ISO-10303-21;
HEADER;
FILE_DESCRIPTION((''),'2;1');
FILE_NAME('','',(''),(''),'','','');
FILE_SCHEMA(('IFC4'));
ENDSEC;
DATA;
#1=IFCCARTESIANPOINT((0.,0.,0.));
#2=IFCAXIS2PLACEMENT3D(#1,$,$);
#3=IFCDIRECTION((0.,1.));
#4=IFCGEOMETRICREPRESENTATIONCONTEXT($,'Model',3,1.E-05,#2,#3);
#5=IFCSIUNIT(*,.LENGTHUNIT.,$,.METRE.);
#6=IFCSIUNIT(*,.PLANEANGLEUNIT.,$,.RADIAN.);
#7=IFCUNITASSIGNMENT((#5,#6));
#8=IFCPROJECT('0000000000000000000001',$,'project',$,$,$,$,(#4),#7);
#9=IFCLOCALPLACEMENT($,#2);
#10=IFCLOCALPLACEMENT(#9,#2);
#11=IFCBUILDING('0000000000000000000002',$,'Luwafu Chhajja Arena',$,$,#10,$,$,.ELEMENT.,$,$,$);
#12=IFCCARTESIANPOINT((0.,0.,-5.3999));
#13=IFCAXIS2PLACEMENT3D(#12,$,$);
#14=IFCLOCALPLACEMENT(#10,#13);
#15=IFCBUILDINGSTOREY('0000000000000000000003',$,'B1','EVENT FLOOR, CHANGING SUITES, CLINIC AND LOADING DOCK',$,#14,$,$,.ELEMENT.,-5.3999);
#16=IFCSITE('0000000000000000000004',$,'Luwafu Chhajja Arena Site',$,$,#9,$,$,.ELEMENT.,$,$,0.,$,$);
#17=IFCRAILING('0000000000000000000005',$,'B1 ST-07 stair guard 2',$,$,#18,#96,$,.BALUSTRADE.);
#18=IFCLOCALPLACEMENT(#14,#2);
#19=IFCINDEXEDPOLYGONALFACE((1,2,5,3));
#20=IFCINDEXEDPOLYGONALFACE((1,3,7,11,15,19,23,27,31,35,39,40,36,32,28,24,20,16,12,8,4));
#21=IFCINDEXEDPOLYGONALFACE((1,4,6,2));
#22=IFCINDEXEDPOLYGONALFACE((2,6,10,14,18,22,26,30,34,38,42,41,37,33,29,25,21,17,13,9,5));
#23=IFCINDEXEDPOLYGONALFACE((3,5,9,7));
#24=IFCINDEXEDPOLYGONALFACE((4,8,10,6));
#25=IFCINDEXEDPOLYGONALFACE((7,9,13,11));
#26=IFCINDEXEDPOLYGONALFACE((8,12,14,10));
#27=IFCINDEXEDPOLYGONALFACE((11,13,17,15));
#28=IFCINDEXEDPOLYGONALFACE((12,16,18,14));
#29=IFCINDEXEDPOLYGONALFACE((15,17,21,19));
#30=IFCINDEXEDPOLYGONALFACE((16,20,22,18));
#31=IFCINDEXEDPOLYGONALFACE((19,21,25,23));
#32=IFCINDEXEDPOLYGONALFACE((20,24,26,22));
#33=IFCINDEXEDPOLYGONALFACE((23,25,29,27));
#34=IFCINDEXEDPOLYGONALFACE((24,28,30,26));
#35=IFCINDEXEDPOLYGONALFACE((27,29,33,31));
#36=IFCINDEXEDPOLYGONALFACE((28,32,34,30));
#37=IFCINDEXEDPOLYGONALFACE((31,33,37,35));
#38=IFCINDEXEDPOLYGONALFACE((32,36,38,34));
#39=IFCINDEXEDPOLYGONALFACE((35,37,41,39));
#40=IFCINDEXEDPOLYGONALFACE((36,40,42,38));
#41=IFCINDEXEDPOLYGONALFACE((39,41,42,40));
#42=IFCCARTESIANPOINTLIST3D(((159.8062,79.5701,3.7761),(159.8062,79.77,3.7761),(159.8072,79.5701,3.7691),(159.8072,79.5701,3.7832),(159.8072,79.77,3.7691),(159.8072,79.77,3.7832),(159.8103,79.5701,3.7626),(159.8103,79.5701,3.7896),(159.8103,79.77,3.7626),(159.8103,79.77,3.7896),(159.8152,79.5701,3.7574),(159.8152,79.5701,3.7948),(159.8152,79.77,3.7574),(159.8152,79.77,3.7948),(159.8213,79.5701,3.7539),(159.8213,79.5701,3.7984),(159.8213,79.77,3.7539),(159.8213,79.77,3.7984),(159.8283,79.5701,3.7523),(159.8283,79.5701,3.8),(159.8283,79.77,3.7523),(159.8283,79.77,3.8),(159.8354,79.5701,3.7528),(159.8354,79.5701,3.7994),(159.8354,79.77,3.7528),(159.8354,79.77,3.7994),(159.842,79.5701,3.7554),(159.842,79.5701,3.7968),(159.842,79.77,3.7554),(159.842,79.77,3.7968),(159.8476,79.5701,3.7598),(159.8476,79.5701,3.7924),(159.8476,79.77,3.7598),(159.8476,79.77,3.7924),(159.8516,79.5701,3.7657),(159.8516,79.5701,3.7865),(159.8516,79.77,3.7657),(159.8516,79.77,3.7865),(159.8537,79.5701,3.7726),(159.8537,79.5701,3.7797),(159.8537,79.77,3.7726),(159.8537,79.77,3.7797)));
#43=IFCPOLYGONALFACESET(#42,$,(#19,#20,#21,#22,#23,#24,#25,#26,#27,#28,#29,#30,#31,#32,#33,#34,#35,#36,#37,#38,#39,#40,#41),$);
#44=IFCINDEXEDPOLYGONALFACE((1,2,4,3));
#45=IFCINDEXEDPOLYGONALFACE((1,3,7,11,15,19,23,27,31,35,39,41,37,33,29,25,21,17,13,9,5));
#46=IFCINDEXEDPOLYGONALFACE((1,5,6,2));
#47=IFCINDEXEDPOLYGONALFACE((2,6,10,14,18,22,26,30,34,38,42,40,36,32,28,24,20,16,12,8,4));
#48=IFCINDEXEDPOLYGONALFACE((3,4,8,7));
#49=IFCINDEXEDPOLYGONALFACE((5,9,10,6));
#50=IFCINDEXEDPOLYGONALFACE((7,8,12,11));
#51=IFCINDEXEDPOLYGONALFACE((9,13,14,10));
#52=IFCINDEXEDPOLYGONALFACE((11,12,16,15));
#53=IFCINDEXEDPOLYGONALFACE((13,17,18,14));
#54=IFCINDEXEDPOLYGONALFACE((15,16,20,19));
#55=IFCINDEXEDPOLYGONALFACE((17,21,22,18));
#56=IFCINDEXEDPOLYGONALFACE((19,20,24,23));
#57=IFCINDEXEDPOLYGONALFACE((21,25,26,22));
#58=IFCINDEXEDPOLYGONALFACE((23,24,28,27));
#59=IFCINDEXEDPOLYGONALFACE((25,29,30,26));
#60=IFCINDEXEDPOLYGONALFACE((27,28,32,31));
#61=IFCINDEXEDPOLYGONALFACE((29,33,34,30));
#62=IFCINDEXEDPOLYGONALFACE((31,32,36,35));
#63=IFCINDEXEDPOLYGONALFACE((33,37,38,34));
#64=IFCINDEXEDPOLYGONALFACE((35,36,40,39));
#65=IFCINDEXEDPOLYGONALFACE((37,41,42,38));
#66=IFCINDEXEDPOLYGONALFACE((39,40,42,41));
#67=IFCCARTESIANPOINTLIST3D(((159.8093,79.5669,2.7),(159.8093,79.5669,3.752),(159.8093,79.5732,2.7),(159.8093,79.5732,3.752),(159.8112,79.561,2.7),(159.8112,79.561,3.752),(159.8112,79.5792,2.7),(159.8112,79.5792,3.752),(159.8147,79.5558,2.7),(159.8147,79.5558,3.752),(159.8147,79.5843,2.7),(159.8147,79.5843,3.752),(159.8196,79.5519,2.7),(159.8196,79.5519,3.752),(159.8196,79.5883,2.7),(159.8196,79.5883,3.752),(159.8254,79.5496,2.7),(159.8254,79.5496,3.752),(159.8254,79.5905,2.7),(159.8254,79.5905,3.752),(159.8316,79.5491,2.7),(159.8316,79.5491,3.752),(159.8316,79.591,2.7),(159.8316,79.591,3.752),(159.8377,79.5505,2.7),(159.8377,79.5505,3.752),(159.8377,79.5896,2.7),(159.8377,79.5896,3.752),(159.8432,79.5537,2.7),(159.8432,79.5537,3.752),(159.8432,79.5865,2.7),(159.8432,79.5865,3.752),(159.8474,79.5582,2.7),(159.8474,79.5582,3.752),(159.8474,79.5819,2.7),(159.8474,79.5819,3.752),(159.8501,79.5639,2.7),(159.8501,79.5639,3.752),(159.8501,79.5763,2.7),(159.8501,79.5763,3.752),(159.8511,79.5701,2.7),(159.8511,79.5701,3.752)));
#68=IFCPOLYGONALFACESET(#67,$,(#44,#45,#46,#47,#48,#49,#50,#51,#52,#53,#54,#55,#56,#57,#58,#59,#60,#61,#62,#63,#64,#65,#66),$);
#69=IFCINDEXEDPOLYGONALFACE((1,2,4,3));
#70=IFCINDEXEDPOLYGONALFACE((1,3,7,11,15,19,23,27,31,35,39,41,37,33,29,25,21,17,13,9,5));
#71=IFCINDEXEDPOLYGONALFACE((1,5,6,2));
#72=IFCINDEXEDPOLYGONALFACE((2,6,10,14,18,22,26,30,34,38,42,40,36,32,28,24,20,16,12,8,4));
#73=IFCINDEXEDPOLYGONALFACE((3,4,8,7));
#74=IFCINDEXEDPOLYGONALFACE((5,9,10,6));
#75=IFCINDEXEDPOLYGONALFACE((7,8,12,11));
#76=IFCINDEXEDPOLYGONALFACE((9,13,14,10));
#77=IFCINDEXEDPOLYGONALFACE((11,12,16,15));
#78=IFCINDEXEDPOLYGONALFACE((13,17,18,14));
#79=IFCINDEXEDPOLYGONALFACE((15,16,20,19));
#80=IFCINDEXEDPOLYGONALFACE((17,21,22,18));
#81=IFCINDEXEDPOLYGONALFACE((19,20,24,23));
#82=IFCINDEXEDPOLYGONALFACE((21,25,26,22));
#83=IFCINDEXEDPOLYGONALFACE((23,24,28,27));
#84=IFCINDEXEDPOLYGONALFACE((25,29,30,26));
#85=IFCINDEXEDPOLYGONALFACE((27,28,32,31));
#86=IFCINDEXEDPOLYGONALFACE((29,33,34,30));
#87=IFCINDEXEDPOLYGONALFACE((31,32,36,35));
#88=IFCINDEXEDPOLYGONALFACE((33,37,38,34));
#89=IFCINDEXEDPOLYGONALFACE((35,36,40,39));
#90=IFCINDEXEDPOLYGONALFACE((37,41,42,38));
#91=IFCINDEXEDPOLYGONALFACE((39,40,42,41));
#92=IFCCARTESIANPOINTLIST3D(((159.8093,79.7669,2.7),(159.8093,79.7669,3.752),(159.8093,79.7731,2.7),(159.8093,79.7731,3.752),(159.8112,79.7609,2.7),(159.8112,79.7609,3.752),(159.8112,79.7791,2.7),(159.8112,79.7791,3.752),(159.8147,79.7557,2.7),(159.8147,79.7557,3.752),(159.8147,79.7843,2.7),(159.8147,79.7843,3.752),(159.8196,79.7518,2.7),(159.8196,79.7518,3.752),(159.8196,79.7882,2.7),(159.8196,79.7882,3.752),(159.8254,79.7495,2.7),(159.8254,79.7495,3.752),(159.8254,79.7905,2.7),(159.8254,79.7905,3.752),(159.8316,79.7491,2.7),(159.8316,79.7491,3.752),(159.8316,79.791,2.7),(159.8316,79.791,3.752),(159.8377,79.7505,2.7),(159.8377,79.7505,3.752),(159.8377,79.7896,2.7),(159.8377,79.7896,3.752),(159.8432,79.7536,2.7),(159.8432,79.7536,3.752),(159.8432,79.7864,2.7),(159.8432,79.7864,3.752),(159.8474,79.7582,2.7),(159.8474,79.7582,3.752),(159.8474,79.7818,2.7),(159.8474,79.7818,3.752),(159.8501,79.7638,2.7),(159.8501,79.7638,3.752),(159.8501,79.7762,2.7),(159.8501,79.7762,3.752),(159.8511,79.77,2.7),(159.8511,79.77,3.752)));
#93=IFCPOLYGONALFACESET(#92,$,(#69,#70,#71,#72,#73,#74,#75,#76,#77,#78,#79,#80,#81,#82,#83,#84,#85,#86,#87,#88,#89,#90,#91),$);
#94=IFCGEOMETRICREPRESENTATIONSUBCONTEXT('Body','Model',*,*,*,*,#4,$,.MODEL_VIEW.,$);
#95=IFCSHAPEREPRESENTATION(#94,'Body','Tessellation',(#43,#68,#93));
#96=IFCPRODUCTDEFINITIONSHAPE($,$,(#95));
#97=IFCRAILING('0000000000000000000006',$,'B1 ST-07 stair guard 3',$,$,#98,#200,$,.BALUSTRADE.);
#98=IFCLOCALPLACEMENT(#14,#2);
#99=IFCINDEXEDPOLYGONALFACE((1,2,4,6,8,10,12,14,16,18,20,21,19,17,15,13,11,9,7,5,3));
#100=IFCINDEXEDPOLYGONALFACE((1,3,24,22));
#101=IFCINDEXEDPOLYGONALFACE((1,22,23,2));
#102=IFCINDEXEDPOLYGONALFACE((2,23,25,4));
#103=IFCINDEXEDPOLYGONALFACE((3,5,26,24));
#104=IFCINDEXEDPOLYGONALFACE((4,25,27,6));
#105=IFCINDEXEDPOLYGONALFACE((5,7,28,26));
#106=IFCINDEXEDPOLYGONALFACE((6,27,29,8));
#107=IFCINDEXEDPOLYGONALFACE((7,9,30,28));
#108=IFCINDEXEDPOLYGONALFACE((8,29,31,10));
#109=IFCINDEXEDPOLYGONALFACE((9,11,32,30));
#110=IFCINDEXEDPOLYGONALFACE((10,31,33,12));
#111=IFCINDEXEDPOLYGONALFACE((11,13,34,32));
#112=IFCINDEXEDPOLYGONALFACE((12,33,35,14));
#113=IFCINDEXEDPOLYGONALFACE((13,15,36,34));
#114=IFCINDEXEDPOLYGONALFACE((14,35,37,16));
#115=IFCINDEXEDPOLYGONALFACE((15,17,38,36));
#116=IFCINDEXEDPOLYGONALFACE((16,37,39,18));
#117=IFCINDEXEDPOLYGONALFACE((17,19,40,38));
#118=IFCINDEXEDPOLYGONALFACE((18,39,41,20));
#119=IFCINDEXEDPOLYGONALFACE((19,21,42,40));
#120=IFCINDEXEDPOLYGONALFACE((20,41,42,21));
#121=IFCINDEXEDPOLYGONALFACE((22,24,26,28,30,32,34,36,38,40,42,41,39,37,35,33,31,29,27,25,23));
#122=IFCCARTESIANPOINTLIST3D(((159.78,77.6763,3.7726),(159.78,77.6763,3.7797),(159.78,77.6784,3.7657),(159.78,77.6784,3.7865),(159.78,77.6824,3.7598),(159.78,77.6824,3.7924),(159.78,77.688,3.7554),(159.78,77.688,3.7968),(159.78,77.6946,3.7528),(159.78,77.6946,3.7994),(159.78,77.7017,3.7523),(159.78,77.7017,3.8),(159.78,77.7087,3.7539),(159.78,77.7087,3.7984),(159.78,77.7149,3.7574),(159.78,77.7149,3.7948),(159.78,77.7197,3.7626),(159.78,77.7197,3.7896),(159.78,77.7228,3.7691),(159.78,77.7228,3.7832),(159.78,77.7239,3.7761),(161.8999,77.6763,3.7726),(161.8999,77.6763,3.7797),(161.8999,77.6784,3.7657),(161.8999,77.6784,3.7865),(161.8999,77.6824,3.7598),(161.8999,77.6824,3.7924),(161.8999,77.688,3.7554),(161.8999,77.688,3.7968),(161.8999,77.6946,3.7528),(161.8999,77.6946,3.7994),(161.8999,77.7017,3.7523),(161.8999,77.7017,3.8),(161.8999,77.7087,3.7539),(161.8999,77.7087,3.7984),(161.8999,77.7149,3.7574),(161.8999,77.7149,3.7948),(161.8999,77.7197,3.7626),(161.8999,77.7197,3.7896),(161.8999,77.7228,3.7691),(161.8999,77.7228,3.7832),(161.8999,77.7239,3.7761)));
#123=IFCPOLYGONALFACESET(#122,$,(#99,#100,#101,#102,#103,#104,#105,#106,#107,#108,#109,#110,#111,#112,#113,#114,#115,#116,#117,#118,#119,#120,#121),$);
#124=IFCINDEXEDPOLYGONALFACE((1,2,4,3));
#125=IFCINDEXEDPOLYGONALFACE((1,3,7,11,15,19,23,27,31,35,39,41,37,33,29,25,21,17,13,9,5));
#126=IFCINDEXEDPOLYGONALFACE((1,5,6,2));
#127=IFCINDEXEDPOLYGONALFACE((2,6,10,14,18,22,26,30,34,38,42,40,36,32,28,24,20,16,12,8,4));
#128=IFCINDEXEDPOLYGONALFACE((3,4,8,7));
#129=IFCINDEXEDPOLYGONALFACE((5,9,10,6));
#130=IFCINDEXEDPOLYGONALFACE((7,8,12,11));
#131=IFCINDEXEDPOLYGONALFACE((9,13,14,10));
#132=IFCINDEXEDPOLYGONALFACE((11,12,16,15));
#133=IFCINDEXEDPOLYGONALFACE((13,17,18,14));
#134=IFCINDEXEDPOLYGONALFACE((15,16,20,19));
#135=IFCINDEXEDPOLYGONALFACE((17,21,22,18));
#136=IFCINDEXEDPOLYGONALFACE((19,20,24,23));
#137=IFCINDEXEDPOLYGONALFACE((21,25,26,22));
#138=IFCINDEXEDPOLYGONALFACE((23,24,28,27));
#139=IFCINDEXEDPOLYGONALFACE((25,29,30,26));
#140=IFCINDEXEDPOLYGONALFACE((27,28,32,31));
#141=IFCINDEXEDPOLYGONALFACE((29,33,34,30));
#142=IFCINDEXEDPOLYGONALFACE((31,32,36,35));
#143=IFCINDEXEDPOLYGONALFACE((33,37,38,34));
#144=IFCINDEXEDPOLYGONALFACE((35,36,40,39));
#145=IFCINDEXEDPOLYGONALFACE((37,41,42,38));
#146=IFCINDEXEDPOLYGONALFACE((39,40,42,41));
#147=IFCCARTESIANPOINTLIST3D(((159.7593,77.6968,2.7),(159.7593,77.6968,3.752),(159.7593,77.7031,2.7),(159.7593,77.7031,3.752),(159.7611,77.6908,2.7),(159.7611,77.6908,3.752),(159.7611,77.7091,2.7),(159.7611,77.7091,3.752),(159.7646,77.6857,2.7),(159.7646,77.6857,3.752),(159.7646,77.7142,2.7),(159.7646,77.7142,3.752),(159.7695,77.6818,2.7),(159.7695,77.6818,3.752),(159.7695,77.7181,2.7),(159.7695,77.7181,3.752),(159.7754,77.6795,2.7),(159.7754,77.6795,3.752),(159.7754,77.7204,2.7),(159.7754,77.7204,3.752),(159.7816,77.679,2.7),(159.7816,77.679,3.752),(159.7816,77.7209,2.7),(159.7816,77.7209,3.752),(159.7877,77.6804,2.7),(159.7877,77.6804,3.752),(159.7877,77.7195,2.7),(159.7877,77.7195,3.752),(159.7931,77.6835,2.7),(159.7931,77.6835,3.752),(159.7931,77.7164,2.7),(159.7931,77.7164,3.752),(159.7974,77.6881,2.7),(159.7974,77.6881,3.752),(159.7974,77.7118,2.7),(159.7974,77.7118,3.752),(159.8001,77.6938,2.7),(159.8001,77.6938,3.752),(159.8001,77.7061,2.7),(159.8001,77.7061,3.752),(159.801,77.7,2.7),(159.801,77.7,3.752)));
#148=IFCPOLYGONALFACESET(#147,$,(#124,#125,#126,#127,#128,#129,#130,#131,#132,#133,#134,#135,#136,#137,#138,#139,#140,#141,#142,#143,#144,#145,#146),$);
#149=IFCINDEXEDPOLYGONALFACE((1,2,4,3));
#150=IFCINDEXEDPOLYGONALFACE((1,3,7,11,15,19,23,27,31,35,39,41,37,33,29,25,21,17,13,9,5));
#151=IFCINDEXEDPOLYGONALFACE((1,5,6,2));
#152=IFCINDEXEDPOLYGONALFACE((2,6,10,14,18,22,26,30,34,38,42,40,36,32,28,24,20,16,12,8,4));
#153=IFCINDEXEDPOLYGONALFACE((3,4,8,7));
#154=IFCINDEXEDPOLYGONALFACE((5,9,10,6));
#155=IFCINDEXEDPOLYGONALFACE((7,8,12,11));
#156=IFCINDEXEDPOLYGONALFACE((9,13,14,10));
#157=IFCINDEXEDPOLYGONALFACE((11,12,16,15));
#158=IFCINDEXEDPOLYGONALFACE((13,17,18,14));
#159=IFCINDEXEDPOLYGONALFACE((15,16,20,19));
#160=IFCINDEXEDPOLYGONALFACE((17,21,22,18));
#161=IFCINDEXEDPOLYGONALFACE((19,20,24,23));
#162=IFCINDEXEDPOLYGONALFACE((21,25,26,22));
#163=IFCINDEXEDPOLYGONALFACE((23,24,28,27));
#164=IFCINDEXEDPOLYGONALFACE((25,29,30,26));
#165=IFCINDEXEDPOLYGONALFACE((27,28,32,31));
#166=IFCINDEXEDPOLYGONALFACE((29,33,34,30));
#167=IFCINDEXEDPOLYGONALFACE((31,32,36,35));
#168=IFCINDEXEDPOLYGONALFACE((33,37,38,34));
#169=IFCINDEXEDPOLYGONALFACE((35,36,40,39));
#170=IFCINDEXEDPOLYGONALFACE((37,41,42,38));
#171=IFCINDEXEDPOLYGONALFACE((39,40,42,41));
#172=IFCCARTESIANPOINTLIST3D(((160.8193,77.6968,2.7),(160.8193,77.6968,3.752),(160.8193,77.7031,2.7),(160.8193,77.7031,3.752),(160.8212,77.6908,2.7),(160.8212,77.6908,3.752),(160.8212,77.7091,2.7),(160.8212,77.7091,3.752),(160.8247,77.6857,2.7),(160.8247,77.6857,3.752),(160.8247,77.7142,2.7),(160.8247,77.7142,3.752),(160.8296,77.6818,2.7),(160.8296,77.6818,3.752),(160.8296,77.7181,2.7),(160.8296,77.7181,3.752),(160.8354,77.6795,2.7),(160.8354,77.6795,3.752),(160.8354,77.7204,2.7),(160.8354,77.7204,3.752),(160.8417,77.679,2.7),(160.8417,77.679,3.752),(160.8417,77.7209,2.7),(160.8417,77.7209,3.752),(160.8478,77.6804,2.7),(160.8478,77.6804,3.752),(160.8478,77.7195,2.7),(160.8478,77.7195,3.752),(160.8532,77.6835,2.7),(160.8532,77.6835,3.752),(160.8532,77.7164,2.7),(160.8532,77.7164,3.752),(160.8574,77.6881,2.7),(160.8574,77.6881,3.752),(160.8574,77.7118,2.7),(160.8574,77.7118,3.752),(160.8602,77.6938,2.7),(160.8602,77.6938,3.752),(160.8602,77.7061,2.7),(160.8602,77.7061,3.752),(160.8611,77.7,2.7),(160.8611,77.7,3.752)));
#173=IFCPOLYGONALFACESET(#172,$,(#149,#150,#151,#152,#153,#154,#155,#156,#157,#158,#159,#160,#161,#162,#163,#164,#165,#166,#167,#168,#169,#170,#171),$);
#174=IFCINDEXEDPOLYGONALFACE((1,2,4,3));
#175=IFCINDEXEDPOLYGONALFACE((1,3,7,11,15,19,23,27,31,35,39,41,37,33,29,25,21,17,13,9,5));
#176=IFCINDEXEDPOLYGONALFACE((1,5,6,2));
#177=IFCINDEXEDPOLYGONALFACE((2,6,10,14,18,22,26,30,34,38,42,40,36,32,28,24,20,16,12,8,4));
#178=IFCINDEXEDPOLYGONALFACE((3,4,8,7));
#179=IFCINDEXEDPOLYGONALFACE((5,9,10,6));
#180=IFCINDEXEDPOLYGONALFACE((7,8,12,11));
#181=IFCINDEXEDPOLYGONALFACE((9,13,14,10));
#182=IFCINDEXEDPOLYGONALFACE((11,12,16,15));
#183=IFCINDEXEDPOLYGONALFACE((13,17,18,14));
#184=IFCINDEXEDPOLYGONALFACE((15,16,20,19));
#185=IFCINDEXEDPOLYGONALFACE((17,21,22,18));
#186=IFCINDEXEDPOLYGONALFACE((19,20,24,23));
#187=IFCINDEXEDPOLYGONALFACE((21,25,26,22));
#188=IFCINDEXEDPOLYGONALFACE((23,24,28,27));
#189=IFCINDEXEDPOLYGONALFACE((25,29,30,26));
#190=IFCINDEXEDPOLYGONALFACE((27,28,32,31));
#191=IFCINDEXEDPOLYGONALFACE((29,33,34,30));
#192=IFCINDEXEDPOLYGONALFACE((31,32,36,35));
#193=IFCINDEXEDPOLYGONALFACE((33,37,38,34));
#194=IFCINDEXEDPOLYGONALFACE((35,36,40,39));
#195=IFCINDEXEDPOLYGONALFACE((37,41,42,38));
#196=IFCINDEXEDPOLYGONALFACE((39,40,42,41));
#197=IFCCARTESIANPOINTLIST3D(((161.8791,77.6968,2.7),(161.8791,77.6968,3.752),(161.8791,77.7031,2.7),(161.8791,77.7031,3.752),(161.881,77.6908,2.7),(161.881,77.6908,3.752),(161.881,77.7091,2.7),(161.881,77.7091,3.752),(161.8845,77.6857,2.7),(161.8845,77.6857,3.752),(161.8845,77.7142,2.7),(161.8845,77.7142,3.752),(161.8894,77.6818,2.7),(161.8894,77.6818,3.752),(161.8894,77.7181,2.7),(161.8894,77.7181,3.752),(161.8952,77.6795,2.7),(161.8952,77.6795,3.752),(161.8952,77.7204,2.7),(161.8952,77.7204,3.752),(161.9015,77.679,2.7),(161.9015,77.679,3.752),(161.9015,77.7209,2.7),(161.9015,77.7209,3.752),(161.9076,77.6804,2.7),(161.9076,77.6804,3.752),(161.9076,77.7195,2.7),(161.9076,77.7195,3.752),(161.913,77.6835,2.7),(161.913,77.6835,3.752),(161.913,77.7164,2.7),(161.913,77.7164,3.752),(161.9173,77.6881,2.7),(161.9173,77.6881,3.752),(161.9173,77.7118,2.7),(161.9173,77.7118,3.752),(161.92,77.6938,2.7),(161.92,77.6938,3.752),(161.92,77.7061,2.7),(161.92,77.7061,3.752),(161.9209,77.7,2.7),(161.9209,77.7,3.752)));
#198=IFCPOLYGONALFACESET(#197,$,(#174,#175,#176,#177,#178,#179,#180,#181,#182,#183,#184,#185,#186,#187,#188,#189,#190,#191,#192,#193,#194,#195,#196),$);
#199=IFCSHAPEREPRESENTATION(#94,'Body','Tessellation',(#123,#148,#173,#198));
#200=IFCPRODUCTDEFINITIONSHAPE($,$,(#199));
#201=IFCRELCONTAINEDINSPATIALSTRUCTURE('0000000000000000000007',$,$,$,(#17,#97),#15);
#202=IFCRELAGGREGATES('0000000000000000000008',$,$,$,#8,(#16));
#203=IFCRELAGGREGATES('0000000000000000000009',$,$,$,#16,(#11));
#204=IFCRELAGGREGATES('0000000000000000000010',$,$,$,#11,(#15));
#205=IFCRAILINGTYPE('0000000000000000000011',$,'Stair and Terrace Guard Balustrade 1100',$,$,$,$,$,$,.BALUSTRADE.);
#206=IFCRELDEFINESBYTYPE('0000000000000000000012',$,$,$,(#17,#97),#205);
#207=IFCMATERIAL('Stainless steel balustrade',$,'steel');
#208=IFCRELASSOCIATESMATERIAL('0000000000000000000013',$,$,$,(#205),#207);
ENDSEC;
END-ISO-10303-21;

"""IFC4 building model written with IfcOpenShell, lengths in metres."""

from ifc_helpers import new_model, si_unit, direction, frame, origin, origin_2d, place, context, subcontext, project, spatial, circle, extrude, material, type_object, element, save


model = new_model("IFC4")

# Units and contexts
model_context = context("Model", 3, precision=1e-05, world=origin(), true_north=direction((0.0, 1.0)))
body_context = subcontext(model_context, "Body", "Model", "MODEL_VIEW")
ifc_project = project(units=[si_unit("LENGTHUNIT", "METRE"), si_unit("PLANEANGLEUNIT", "RADIAN")], contexts=[model_context])

# Site, building, storey
site_placement = place(None, origin())
site = spatial("IfcSite", under=ifc_project, at=site_placement, Name="Luwafu Chhajja Arena Site", CompositionType="ELEMENT", RefElevation=0.0)
building_placement = place(site_placement, origin())
building = spatial("IfcBuilding", under=site, at=building_placement, Name="Luwafu Chhajja Arena", CompositionType="ELEMENT")
storey_placement = place(building_placement, frame((0.0, 0.0, -5.3999)))
storey = spatial("IfcBuildingStorey", under=building, at=storey_placement, Name="B1", Description="EVENT FLOOR, CHANGING SUITES, CLINIC AND LOADING DOCK", CompositionType="ELEMENT", Elevation=-5.3999)

# Railings
ifc_material_1 = material(Name="Stainless steel balustrade", Category="steel")
railing_type_1 = type_object("IfcRailingType", Name="Stair and Terrace Guard Balustrade 1100", PredefinedType="BALUSTRADE", material=ifc_material_1)
railing_1_placement = place(storey_placement, frame((159.8301, 79.5701, 2.7)))
element("IfcRailing", 1, at=railing_1_placement, inside=storey, type_object=railing_type_1, Name="B1 ST-07 stair guard 2", PredefinedType="BALUSTRADE", context=body_context, shape_type="SweptSolid", body=[
    extrude(circle(Radius=0.0239, at=origin_2d()), frame((0.0, 0.0, 1.0762), z_axis=(0.0, 1.0, 0.0), x_axis=(-1.0, 0.0, 0.0)), (0.0, 0.0, 1.0), 0.2),
    extrude(circle(Radius=0.021, at=origin_2d()), origin(), (0.0, 0.0, 1.0), 1.052),
    extrude(circle(Radius=0.021, at=origin_2d()), frame((0.0, 0.2, 0.0)), (0.0, 0.0, 1.0), 1.052),
])
for number, where, name in (
    (2, (159.78, 77.7, 2.7), "B1 ST-07 stair guard 3"),
):
    element("IfcRailing", number, at=place(storey_placement, frame(where)), inside=storey, type_object=railing_type_1, Name=name, PredefinedType="BALUSTRADE", context=body_context, shape_type="SweptSolid", body=[
        extrude(circle(Radius=0.0239, at=origin_2d()), frame((0.0, 0.0, 1.0762), z_axis=(1.0, 0.0, 0.0), x_axis=(0.0, 1.0, 0.0)), (0.0, 0.0, 1.0), 2.1199),
        extrude(circle(Radius=0.021, at=origin_2d()), origin(), (0.0, 0.0, 1.0), 1.052),
        extrude(circle(Radius=0.021, at=origin_2d()), frame((1.0601, 0.0, 0.0)), (0.0, 0.0, 1.0), 1.052),
        extrude(circle(Radius=0.021, at=origin_2d()), frame((2.1199, 0.0, 0.0)), (0.0, 0.0, 1.0), 1.052),
    ])

save(model, "model.ifc")
